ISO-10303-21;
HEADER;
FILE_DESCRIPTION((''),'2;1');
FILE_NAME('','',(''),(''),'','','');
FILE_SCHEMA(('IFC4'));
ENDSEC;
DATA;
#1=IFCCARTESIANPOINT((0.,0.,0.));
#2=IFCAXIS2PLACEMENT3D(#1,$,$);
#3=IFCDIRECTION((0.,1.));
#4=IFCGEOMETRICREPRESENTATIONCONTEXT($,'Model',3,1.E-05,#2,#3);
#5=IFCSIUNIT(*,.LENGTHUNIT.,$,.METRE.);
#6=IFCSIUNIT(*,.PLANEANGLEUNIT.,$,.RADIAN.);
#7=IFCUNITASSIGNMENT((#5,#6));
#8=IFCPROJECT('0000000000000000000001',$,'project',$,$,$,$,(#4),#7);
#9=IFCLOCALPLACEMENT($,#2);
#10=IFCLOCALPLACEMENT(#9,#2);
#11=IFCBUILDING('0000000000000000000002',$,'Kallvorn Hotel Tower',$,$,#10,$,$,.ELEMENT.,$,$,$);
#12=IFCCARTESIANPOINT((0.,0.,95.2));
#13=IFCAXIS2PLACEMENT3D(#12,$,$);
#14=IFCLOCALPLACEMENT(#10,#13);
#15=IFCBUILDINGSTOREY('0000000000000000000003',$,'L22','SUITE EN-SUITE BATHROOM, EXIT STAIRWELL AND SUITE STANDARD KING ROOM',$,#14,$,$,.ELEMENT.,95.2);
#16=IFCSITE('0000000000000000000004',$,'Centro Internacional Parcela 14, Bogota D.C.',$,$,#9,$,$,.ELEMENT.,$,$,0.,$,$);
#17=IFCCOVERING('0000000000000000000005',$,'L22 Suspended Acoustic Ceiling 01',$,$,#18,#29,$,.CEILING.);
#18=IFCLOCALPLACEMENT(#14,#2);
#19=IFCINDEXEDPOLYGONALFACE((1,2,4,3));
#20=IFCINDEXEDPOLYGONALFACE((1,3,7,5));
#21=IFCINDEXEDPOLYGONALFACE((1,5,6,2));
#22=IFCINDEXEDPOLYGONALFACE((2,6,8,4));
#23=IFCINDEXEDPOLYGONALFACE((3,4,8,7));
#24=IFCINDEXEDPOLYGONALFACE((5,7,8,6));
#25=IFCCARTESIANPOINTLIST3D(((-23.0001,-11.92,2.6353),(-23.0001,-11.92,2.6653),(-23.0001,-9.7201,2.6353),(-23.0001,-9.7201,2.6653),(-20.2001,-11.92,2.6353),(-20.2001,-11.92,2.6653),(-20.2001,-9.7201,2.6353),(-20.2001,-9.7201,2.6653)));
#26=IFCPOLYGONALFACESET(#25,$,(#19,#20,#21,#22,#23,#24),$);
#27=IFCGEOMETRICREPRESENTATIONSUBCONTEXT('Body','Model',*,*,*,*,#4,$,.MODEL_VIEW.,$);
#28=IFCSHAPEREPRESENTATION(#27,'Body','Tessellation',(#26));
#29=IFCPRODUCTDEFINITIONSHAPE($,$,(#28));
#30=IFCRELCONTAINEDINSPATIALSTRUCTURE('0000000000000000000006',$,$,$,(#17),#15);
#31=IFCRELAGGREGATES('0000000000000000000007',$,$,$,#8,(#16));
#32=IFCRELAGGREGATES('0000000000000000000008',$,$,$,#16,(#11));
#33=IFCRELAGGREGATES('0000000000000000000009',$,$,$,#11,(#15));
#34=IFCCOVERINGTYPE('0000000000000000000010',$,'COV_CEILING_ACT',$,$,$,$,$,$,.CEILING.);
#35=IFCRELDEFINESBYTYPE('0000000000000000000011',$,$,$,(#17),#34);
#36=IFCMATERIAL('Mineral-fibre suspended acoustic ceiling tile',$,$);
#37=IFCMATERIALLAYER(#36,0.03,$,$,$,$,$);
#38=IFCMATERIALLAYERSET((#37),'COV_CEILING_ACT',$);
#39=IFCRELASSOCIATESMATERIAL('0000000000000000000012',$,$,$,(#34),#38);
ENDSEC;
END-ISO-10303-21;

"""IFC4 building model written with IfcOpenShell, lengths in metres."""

from ifc_helpers import new_model, si_unit, direction, frame, origin, origin_2d, place, context, subcontext, project, spatial, rectangle, extrude, material, layer, layer_set, type_object, element, save


model = new_model("IFC4")

# Units and contexts
model_context = context("Model", 3, precision=1e-05, world=origin(), true_north=direction((0.0, 1.0)))
body_context = subcontext(model_context, "Body", "Model", "MODEL_VIEW")
ifc_project = project(units=[si_unit("LENGTHUNIT", "METRE"), si_unit("PLANEANGLEUNIT", "RADIAN")], contexts=[model_context])

# Site, building, storey
site_placement = place(None, origin())
site = spatial("IfcSite", under=ifc_project, at=site_placement, Name="Centro Internacional Parcela 14, Bogota D.C.", CompositionType="ELEMENT", RefElevation=0.0)
building_placement = place(site_placement, origin())
building = spatial("IfcBuilding", under=site, at=building_placement, Name="Kallvorn Hotel Tower", CompositionType="ELEMENT")
storey_placement = place(building_placement, frame((0.0, 0.0, 95.2)))
storey = spatial("IfcBuildingStorey", under=building, at=storey_placement, Name="L22", Description="SUITE EN-SUITE BATHROOM, EXIT STAIRWELL AND SUITE STANDARD KING ROOM", CompositionType="ELEMENT", Elevation=95.2)

# Covering
ifc_material_1 = material(Name="Mineral-fibre suspended acoustic ceiling tile")
ifc_layer_1 = layer(ifc_material_1, 0.03)
ifc_layer_set_1 = layer_set([ifc_layer_1], Name="COV_CEILING_ACT")
covering_type = type_object("IfcCoveringType", Name="COV_CEILING_ACT", PredefinedType="CEILING", material=ifc_layer_set_1)
covering_placement = place(storey_placement, frame((-21.6001, -10.8201, 2.6353), z_axis=(0.0, 0.0, 1.0), x_axis=(1.0, 0.0, 0.0)))
element("IfcCovering", 1, at=covering_placement, inside=storey, type_object=covering_type, Name="L22 Suspended Acoustic Ceiling 01", PredefinedType="CEILING", context=body_context, shape_type="SweptSolid", body=[
    extrude(rectangle(XDim=2.8, YDim=2.2, at=origin_2d()), origin(), (0.0, 0.0, 1.0), 0.03),
])

save(model, "model.ifc")
